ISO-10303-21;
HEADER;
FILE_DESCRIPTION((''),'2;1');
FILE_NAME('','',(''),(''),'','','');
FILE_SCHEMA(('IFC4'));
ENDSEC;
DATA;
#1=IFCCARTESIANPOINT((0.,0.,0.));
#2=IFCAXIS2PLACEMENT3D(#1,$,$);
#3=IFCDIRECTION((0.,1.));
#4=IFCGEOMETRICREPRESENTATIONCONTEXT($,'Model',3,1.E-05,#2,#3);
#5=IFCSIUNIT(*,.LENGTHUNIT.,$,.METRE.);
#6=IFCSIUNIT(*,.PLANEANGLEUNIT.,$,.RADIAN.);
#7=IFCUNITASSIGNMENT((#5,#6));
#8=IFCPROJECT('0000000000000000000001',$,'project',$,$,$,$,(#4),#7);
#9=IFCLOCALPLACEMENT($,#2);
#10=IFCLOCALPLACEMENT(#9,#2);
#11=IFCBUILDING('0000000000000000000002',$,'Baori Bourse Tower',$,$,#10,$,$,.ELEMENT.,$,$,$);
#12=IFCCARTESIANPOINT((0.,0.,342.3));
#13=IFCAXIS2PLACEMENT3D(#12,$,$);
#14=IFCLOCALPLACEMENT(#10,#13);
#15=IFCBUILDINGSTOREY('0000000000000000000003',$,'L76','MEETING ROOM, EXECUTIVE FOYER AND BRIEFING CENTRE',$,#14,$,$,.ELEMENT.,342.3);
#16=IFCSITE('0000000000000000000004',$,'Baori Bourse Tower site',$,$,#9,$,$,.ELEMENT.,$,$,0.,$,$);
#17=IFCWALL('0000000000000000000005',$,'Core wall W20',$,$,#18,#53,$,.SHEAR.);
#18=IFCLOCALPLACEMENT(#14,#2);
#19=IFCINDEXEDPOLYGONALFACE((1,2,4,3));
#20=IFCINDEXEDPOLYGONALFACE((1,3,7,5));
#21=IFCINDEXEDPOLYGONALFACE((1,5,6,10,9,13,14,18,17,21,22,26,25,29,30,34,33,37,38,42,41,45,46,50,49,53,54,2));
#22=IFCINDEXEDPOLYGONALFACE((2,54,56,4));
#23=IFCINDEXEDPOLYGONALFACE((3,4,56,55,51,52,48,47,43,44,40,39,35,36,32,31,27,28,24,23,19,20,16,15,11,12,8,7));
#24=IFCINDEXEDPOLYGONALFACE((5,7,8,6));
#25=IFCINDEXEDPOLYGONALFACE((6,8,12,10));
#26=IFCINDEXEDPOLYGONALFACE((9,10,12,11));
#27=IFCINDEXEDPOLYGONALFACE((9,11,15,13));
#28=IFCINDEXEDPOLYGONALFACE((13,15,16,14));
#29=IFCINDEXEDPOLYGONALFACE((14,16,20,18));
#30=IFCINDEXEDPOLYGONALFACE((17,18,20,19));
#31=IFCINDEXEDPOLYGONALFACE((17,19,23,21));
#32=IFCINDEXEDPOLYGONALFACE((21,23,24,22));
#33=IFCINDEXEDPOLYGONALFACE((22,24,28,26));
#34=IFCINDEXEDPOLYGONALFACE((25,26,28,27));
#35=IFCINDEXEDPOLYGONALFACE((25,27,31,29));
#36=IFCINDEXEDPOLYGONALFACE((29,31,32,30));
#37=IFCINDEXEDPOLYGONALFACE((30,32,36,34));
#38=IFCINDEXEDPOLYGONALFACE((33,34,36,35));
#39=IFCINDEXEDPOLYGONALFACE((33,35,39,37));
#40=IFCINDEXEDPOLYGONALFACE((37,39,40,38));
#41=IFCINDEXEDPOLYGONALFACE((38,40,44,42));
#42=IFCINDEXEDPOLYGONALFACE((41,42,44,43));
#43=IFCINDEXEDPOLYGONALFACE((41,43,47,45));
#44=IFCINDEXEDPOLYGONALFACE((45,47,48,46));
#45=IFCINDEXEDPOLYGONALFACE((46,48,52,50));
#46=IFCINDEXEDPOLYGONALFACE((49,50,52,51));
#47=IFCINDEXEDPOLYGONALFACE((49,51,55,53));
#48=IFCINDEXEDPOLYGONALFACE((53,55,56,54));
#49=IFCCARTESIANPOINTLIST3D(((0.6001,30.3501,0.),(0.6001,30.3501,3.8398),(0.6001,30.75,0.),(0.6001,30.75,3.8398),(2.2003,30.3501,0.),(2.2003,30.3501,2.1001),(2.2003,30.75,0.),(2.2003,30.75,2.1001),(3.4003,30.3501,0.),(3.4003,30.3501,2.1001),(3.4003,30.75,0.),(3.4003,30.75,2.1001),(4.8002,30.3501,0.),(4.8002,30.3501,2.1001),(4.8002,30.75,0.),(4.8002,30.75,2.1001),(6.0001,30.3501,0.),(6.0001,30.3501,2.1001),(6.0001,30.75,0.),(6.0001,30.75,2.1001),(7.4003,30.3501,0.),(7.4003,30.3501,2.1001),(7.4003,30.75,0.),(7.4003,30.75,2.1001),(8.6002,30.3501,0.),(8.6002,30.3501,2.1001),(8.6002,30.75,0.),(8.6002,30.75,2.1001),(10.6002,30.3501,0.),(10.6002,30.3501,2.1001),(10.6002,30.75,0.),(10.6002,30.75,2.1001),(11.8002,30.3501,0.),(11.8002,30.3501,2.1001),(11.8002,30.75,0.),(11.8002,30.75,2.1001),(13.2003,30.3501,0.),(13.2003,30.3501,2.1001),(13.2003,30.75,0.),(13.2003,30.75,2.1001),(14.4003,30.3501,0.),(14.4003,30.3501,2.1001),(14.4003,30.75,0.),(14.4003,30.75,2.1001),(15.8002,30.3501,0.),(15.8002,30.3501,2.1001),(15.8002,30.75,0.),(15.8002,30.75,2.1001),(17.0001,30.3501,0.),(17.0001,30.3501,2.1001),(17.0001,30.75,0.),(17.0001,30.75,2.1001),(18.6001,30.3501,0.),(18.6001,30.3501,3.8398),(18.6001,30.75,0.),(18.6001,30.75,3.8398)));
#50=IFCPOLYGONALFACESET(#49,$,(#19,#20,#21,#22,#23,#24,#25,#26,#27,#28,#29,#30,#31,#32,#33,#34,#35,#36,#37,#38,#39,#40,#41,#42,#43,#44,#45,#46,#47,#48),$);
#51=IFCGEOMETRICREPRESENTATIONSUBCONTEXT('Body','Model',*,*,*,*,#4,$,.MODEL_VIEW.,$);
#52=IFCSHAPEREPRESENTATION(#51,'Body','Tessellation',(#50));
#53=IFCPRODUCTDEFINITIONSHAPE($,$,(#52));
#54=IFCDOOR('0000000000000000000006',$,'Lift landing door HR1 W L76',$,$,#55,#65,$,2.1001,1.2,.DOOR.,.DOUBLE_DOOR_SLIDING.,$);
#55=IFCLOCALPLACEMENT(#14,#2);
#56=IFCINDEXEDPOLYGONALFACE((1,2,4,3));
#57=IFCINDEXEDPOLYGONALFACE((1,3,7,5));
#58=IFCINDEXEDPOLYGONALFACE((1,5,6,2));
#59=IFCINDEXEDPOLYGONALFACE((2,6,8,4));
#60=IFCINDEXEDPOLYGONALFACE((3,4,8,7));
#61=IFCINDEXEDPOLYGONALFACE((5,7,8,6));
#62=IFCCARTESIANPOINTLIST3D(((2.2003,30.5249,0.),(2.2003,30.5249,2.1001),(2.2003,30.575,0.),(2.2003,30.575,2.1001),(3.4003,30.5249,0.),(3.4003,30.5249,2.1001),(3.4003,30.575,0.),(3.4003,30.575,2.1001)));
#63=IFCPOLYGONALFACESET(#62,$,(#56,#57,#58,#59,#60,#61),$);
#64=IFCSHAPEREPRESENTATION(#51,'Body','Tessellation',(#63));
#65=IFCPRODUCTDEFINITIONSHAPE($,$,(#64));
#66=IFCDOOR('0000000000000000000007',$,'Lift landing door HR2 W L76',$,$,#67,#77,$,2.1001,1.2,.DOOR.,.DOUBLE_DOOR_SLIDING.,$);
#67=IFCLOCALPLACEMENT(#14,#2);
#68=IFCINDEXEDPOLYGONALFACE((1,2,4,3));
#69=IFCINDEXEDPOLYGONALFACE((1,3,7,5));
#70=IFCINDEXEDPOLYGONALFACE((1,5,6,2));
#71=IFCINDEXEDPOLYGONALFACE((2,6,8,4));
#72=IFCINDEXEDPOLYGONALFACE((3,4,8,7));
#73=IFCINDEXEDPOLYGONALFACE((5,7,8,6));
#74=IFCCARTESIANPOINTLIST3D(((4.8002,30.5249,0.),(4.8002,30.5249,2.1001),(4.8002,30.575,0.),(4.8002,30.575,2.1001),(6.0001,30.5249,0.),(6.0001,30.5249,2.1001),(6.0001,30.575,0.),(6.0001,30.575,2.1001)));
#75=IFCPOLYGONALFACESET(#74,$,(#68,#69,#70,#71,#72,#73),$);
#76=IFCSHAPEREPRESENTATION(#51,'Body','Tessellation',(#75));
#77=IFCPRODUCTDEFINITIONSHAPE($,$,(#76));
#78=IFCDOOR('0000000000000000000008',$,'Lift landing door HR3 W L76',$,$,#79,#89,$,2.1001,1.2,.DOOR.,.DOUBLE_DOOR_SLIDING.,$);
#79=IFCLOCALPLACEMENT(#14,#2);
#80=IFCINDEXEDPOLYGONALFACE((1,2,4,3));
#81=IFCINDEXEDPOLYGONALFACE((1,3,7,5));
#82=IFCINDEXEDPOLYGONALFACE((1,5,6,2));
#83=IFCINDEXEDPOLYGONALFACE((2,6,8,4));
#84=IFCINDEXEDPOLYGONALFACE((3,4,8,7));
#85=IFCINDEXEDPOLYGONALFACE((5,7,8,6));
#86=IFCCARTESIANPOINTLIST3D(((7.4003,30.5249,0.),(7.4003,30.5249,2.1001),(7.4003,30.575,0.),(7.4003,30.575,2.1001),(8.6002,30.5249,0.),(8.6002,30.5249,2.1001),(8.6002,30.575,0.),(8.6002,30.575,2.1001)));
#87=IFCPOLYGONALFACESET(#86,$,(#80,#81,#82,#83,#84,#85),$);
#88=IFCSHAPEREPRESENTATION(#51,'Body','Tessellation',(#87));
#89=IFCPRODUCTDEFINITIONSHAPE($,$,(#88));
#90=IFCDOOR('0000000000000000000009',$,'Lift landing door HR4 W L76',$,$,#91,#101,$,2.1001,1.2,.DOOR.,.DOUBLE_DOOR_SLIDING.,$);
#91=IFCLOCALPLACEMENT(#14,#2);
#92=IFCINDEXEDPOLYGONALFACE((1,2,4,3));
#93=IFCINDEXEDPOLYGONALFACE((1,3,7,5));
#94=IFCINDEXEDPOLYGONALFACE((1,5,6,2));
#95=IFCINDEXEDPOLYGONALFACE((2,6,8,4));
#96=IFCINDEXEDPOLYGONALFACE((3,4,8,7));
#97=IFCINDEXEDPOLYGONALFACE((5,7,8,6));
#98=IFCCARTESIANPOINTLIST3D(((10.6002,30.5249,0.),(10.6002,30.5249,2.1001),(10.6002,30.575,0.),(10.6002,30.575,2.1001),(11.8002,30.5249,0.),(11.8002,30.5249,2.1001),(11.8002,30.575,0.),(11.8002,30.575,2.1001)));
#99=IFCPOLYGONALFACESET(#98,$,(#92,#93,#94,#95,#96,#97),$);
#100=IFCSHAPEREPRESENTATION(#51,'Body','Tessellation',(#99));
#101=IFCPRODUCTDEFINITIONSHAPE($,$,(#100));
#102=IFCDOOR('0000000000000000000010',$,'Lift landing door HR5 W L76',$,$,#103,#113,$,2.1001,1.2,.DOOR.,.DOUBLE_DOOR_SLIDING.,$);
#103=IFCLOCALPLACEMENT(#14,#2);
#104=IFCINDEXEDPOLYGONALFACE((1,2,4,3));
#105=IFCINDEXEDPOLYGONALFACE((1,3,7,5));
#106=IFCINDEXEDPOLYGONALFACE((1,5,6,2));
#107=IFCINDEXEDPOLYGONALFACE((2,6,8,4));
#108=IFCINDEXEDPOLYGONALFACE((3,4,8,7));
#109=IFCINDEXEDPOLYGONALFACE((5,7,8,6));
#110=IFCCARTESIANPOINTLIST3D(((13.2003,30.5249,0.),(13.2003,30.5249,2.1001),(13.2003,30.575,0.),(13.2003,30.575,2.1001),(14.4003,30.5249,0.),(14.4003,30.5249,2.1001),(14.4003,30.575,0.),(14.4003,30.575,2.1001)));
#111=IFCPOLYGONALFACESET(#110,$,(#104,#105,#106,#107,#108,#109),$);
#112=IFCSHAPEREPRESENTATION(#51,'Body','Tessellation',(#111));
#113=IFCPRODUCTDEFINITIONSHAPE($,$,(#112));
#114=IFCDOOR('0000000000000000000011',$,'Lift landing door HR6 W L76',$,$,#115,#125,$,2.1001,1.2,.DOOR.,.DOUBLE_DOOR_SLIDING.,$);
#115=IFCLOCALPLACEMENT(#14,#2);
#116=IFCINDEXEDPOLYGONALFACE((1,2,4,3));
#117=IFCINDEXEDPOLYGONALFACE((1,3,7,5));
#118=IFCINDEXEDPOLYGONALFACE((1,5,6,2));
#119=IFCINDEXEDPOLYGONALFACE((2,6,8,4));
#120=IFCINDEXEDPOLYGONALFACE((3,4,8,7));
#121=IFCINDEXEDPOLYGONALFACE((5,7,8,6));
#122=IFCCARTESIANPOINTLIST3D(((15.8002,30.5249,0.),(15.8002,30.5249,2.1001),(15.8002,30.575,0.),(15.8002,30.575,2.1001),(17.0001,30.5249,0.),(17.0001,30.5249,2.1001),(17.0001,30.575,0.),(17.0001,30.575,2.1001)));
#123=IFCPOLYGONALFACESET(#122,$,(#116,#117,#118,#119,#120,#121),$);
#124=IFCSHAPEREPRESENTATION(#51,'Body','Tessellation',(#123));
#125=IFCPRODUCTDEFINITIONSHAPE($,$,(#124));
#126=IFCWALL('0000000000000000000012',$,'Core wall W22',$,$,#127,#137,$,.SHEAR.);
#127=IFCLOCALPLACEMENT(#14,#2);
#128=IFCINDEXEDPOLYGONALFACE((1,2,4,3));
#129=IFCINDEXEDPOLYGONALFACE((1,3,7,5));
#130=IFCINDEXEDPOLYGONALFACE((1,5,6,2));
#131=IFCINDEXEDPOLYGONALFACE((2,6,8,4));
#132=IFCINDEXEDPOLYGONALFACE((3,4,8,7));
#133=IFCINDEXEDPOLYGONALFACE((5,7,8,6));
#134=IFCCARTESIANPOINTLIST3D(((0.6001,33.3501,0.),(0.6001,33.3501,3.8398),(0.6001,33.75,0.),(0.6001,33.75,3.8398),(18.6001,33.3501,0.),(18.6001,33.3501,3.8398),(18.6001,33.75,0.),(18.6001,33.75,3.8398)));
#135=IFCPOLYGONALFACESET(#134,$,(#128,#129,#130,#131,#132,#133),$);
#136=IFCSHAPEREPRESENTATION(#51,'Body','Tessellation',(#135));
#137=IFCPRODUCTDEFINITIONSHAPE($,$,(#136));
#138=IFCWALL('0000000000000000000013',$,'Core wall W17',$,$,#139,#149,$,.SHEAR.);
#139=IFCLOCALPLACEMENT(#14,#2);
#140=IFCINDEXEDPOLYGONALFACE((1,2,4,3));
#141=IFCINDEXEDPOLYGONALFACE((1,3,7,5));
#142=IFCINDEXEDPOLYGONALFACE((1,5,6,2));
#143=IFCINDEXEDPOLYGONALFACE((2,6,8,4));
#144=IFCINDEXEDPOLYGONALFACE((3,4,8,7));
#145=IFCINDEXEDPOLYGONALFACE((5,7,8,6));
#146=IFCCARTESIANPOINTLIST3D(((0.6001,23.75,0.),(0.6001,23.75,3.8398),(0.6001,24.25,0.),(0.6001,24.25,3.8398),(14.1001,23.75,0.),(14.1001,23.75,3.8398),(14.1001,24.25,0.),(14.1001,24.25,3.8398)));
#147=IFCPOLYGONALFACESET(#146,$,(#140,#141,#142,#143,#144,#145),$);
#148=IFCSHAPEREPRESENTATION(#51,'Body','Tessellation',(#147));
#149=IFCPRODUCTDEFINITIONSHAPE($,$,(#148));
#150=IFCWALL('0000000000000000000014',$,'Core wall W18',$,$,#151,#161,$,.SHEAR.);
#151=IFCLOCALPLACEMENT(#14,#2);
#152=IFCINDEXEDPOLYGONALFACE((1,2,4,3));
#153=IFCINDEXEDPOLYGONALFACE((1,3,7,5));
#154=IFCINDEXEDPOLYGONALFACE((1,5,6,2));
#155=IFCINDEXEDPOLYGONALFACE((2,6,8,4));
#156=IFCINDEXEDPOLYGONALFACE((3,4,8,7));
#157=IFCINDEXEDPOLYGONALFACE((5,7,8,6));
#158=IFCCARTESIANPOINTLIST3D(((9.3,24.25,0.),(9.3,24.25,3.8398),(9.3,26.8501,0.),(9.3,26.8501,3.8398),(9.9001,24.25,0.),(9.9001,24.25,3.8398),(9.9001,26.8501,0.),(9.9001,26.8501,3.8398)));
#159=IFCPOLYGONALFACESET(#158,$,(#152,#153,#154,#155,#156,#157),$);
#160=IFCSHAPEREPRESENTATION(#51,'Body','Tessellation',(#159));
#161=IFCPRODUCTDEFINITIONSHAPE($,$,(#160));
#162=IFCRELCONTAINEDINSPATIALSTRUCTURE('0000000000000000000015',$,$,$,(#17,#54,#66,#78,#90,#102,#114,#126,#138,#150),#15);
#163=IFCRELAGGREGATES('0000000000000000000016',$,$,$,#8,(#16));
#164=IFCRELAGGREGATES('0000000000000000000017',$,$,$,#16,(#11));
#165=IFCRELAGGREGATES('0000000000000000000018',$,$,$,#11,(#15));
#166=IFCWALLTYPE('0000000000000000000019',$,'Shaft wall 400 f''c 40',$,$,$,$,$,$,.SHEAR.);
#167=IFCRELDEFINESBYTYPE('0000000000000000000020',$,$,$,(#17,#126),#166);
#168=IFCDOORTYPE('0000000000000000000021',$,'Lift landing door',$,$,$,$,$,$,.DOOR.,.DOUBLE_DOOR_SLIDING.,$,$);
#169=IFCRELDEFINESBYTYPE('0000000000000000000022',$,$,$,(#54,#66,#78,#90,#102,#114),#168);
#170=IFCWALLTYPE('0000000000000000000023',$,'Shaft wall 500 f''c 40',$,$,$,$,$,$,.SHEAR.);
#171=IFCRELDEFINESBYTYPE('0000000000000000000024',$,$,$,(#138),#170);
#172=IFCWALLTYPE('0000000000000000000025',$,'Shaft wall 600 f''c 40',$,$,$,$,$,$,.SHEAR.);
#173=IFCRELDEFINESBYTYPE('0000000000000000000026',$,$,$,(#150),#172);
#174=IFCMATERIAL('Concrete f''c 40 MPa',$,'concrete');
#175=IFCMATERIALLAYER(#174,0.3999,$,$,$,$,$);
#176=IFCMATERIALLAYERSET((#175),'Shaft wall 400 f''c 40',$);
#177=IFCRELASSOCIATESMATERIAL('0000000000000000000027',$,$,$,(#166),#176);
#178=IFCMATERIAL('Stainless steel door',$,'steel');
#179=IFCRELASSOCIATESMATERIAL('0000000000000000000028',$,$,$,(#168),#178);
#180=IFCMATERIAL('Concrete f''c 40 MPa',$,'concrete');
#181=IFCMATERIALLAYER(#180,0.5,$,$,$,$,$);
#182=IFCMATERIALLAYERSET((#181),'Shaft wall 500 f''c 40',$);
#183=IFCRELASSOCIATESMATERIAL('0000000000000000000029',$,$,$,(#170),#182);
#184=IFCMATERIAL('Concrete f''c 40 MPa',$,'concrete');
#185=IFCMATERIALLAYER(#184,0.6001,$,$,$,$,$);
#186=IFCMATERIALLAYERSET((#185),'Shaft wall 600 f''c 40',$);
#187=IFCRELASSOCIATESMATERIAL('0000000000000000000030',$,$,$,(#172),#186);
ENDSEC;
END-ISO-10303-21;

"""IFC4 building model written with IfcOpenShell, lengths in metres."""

from ifc_helpers import new_model, si_unit, direction, frame, frame_2d, origin, place, context, subcontext, project, spatial, rectangle, extrude, material, layer, layer_set, type_object, element, fill, save


model = new_model("IFC4")

# Units and contexts
model_context = context("Model", 3, precision=1e-05, world=origin(), true_north=direction((0.0, 1.0)))
body_context = subcontext(model_context, "Body", "Model", "MODEL_VIEW")
ifc_project = project(units=[si_unit("LENGTHUNIT", "METRE"), si_unit("PLANEANGLEUNIT", "RADIAN")], contexts=[model_context])

# Site, building, storey
site_placement = place(None, origin())
site = spatial("IfcSite", under=ifc_project, at=site_placement, Name="Baori Bourse Tower site", CompositionType="ELEMENT", RefElevation=0.0)
building_placement = place(site_placement, origin())
building = spatial("IfcBuilding", under=site, at=building_placement, Name="Baori Bourse Tower", CompositionType="ELEMENT")
storey_placement = place(building_placement, frame((0.0, 0.0, 342.3)))
storey = spatial("IfcBuildingStorey", under=building, at=storey_placement, Name="L76", Description="MEETING ROOM, EXECUTIVE FOYER AND BRIEFING CENTRE", CompositionType="ELEMENT", Elevation=342.3)

# Wall, openings, doors
ifc_material_1 = material(Name="Concrete f'c 40 MPa", Category="concrete")
ifc_layer_1 = layer(ifc_material_1, 0.3999)
ifc_layer_set_1 = layer_set([ifc_layer_1], Name="Shaft wall 400 f'c 40")
wall_type_1 = type_object("IfcWallType", Name="Shaft wall 400 f'c 40", PredefinedType="SHEAR", material=ifc_layer_set_1)
ifc_material_2 = material(Name="Stainless steel door", Category="steel")
door_type_1 = type_object("IfcDoorType", Name="Lift landing door", OperationType="DOUBLE_DOOR_SLIDING", PredefinedType="DOOR", material=ifc_material_2)
wall_1_placement = place(storey_placement, frame((0.6001, 30.55, 0.0), z_axis=(0.0, 0.0, 1.0), x_axis=(1.0, 0.0, 0.0)))
wall_1 = element("IfcWall", 1, at=wall_1_placement, inside=storey, type_object=wall_type_1, Name="Core wall W20", PredefinedType="SHEAR", context=body_context, shape_type="SweptSolid", body=[
    extrude(rectangle(XDim=18.0, YDim=0.3999, at=frame_2d((9.0, 0.0))), origin(), (0.0, 0.0, 1.0), 3.8398),
])
opening_1_placement = place(wall_1_placement, frame((1.6001, 0.0, 0.0)))
opening_1 = element("IfcOpeningElement", 2, at=opening_1_placement, cuts=wall_1, PredefinedType="OPENING", context=body_context, shape_type="SweptSolid", body=[
    extrude(rectangle(XDim=1.2, YDim=2.1001, at=frame_2d((0.6001, 1.05))), frame((0.0, 0.21, 0.0), z_axis=(0.0, -1.0, 0.0), x_axis=(1.0, 0.0, 0.0)), (0.0, 0.0, 1.0), 0.4199),
])
opening_2_placement = place(wall_1_placement, frame((4.2, 0.0, 0.0)))
opening_2 = element("IfcOpeningElement", 3, at=opening_2_placement, cuts=wall_1, PredefinedType="OPENING", context=body_context, shape_type="SweptSolid", body=[
    extrude(rectangle(XDim=1.2, YDim=2.1001, at=frame_2d((0.6001, 1.05))), frame((0.0, 0.21, 0.0), z_axis=(0.0, -1.0, 0.0), x_axis=(1.0, 0.0, 0.0)), (0.0, 0.0, 1.0), 0.4199),
])
opening_3_placement = place(wall_1_placement, frame((6.8, 0.0, 0.0)))
opening_3 = element("IfcOpeningElement", 4, at=opening_3_placement, cuts=wall_1, PredefinedType="OPENING", context=body_context, shape_type="SweptSolid", body=[
    extrude(rectangle(XDim=1.2, YDim=2.1001, at=frame_2d((0.6001, 1.05))), frame((0.0, 0.21, 0.0), z_axis=(0.0, -1.0, 0.0), x_axis=(1.0, 0.0, 0.0)), (0.0, 0.0, 1.0), 0.4199),
])
opening_4_placement = place(wall_1_placement, frame((10.0, 0.0, 0.0)))
opening_4 = element("IfcOpeningElement", 5, at=opening_4_placement, cuts=wall_1, PredefinedType="OPENING", context=body_context, shape_type="SweptSolid", body=[
    extrude(rectangle(XDim=1.2, YDim=2.1001, at=frame_2d((0.6001, 1.05))), frame((0.0, 0.21, 0.0), z_axis=(0.0, -1.0, 0.0), x_axis=(1.0, 0.0, 0.0)), (0.0, 0.0, 1.0), 0.4199),
])
opening_5_placement = place(wall_1_placement, frame((12.6001, 0.0, 0.0)))
opening_5 = element("IfcOpeningElement", 6, at=opening_5_placement, cuts=wall_1, PredefinedType="OPENING", context=body_context, shape_type="SweptSolid", body=[
    extrude(rectangle(XDim=1.2, YDim=2.1001, at=frame_2d((0.6001, 1.05))), frame((0.0, 0.21, 0.0), z_axis=(0.0, -1.0, 0.0), x_axis=(1.0, 0.0, 0.0)), (0.0, 0.0, 1.0), 0.4199),
])
opening_6_placement = place(wall_1_placement, frame((15.2, 0.0, 0.0)))
opening_6 = element("IfcOpeningElement", 7, at=opening_6_placement, cuts=wall_1, PredefinedType="OPENING", context=body_context, shape_type="SweptSolid", body=[
    extrude(rectangle(XDim=1.2, YDim=2.1001, at=frame_2d((0.6001, 1.05))), frame((0.0, 0.21, 0.0), z_axis=(0.0, -1.0, 0.0), x_axis=(1.0, 0.0, 0.0)), (0.0, 0.0, 1.0), 0.4199),
])
door_1_placement = place(opening_1_placement, origin())
door_1 = element("IfcDoor", 8, at=door_1_placement, inside=storey, type_object=door_type_1, Name="Lift landing door HR1 W L76", OperationType="DOUBLE_DOOR_SLIDING", OverallHeight=2.1001, OverallWidth=1.2, PredefinedType="DOOR", context=body_context, shape_type="SweptSolid", body=[
    extrude(rectangle(XDim=1.2, YDim=2.1001, at=frame_2d((0.6001, 1.05))), frame((0.0, 0.0249, 0.0), z_axis=(0.0, -1.0, 0.0), x_axis=(1.0, 0.0, 0.0)), (0.0, 0.0, 1.0), 0.05),
])
fill(opening_1, door_1)
door_2_placement = place(opening_2_placement, origin())
door_2 = element("IfcDoor", 9, at=door_2_placement, inside=storey, type_object=door_type_1, Name="Lift landing door HR2 W L76", OperationType="DOUBLE_DOOR_SLIDING", OverallHeight=2.1001, OverallWidth=1.2, PredefinedType="DOOR", context=body_context, shape_type="SweptSolid", body=[
    extrude(rectangle(XDim=1.2, YDim=2.1001, at=frame_2d((0.6001, 1.05))), frame((0.0, 0.0249, 0.0), z_axis=(0.0, -1.0, 0.0), x_axis=(1.0, 0.0, 0.0)), (0.0, 0.0, 1.0), 0.05),
])
fill(opening_2, door_2)
door_3_placement = place(opening_3_placement, origin())
door_3 = element("IfcDoor", 10, at=door_3_placement, inside=storey, type_object=door_type_1, Name="Lift landing door HR3 W L76", OperationType="DOUBLE_DOOR_SLIDING", OverallHeight=2.1001, OverallWidth=1.2, PredefinedType="DOOR", context=body_context, shape_type="SweptSolid", body=[
    extrude(rectangle(XDim=1.2, YDim=2.1001, at=frame_2d((0.6001, 1.05))), frame((0.0, 0.0249, 0.0), z_axis=(0.0, -1.0, 0.0), x_axis=(1.0, 0.0, 0.0)), (0.0, 0.0, 1.0), 0.05),
])
fill(opening_3, door_3)
door_4_placement = place(opening_4_placement, origin())
door_4 = element("IfcDoor", 11, at=door_4_placement, inside=storey, type_object=door_type_1, Name="Lift landing door HR4 W L76", OperationType="DOUBLE_DOOR_SLIDING", OverallHeight=2.1001, OverallWidth=1.2, PredefinedType="DOOR", context=body_context, shape_type="SweptSolid", body=[
    extrude(rectangle(XDim=1.2, YDim=2.1001, at=frame_2d((0.6001, 1.05))), frame((0.0, 0.0249, 0.0), z_axis=(0.0, -1.0, 0.0), x_axis=(1.0, 0.0, 0.0)), (0.0, 0.0, 1.0), 0.05),
])
fill(opening_4, door_4)
door_5_placement = place(opening_5_placement, origin())
door_5 = element("IfcDoor", 12, at=door_5_placement, inside=storey, type_object=door_type_1, Name="Lift landing door HR5 W L76", OperationType="DOUBLE_DOOR_SLIDING", OverallHeight=2.1001, OverallWidth=1.2, PredefinedType="DOOR", context=body_context, shape_type="SweptSolid", body=[
    extrude(rectangle(XDim=1.2, YDim=2.1001, at=frame_2d((0.6001, 1.05))), frame((0.0, 0.0249, 0.0), z_axis=(0.0, -1.0, 0.0), x_axis=(1.0, 0.0, 0.0)), (0.0, 0.0, 1.0), 0.05),
])
fill(opening_5, door_5)
door_6_placement = place(opening_6_placement, origin())
door_6 = element("IfcDoor", 13, at=door_6_placement, inside=storey, type_object=door_type_1, Name="Lift landing door HR6 W L76", OperationType="DOUBLE_DOOR_SLIDING", OverallHeight=2.1001, OverallWidth=1.2, PredefinedType="DOOR", context=body_context, shape_type="SweptSolid", body=[
    extrude(rectangle(XDim=1.2, YDim=2.1001, at=frame_2d((0.6001, 1.05))), frame((0.0, 0.0249, 0.0), z_axis=(0.0, -1.0, 0.0), x_axis=(1.0, 0.0, 0.0)), (0.0, 0.0, 1.0), 0.05),
])
fill(opening_6, door_6)

# Walls
wall_2_placement = place(storey_placement, frame((0.6001, 33.55, 0.0), z_axis=(0.0, 0.0, 1.0), x_axis=(1.0, 0.0, 0.0)))
element("IfcWall", 14, at=wall_2_placement, inside=storey, type_object=wall_type_1, Name="Core wall W22", PredefinedType="SHEAR", context=body_context, shape_type="SweptSolid", body=[
    extrude(rectangle(XDim=18.0, YDim=0.3999, at=frame_2d((9.0, 0.0))), origin(), (0.0, 0.0, 1.0), 3.8398),
])
ifc_material_3 = material(Name="Concrete f'c 40 MPa", Category="concrete")
ifc_layer_2 = layer(ifc_material_3, 0.5)
ifc_layer_set_2 = layer_set([ifc_layer_2], Name="Shaft wall 500 f'c 40")
wall_type_2 = type_object("IfcWallType", Name="Shaft wall 500 f'c 40", PredefinedType="SHEAR", material=ifc_layer_set_2)
wall_3_placement = place(storey_placement, frame((0.6001, 24.0, 0.0), z_axis=(0.0, 0.0, 1.0), x_axis=(1.0, 0.0, 0.0)))
element("IfcWall", 15, at=wall_3_placement, inside=storey, type_object=wall_type_2, Name="Core wall W17", PredefinedType="SHEAR", context=body_context, shape_type="SweptSolid", body=[
    extrude(rectangle(XDim=13.5, YDim=0.5, at=frame_2d((6.75, 0.0))), origin(), (0.0, 0.0, 1.0), 3.8398),
])
ifc_material_4 = material(Name="Concrete f'c 40 MPa", Category="concrete")
ifc_layer_3 = layer(ifc_material_4, 0.6001)
ifc_layer_set_3 = layer_set([ifc_layer_3], Name="Shaft wall 600 f'c 40")
wall_type_3 = type_object("IfcWallType", Name="Shaft wall 600 f'c 40", PredefinedType="SHEAR", material=ifc_layer_set_3)
for number, where, z_axis, x_axis, name in (
    (16, (9.6001, 24.25, 0.0), (0.0, 0.0, 1.0), (0.0, 1.0, 0.0), "Core wall W18"),
):
    element("IfcWall", number, at=place(storey_placement, frame(where, z_axis=z_axis, x_axis=x_axis)), inside=storey, type_object=wall_type_3, Name=name, PredefinedType="SHEAR", context=body_context, shape_type="SweptSolid", body=[
        extrude(rectangle(XDim=2.6001, YDim=0.6001, at=frame_2d((1.3, 0.0))), origin(), (0.0, 0.0, 1.0), 3.8398),
    ])

save(model, "model.ifc")
